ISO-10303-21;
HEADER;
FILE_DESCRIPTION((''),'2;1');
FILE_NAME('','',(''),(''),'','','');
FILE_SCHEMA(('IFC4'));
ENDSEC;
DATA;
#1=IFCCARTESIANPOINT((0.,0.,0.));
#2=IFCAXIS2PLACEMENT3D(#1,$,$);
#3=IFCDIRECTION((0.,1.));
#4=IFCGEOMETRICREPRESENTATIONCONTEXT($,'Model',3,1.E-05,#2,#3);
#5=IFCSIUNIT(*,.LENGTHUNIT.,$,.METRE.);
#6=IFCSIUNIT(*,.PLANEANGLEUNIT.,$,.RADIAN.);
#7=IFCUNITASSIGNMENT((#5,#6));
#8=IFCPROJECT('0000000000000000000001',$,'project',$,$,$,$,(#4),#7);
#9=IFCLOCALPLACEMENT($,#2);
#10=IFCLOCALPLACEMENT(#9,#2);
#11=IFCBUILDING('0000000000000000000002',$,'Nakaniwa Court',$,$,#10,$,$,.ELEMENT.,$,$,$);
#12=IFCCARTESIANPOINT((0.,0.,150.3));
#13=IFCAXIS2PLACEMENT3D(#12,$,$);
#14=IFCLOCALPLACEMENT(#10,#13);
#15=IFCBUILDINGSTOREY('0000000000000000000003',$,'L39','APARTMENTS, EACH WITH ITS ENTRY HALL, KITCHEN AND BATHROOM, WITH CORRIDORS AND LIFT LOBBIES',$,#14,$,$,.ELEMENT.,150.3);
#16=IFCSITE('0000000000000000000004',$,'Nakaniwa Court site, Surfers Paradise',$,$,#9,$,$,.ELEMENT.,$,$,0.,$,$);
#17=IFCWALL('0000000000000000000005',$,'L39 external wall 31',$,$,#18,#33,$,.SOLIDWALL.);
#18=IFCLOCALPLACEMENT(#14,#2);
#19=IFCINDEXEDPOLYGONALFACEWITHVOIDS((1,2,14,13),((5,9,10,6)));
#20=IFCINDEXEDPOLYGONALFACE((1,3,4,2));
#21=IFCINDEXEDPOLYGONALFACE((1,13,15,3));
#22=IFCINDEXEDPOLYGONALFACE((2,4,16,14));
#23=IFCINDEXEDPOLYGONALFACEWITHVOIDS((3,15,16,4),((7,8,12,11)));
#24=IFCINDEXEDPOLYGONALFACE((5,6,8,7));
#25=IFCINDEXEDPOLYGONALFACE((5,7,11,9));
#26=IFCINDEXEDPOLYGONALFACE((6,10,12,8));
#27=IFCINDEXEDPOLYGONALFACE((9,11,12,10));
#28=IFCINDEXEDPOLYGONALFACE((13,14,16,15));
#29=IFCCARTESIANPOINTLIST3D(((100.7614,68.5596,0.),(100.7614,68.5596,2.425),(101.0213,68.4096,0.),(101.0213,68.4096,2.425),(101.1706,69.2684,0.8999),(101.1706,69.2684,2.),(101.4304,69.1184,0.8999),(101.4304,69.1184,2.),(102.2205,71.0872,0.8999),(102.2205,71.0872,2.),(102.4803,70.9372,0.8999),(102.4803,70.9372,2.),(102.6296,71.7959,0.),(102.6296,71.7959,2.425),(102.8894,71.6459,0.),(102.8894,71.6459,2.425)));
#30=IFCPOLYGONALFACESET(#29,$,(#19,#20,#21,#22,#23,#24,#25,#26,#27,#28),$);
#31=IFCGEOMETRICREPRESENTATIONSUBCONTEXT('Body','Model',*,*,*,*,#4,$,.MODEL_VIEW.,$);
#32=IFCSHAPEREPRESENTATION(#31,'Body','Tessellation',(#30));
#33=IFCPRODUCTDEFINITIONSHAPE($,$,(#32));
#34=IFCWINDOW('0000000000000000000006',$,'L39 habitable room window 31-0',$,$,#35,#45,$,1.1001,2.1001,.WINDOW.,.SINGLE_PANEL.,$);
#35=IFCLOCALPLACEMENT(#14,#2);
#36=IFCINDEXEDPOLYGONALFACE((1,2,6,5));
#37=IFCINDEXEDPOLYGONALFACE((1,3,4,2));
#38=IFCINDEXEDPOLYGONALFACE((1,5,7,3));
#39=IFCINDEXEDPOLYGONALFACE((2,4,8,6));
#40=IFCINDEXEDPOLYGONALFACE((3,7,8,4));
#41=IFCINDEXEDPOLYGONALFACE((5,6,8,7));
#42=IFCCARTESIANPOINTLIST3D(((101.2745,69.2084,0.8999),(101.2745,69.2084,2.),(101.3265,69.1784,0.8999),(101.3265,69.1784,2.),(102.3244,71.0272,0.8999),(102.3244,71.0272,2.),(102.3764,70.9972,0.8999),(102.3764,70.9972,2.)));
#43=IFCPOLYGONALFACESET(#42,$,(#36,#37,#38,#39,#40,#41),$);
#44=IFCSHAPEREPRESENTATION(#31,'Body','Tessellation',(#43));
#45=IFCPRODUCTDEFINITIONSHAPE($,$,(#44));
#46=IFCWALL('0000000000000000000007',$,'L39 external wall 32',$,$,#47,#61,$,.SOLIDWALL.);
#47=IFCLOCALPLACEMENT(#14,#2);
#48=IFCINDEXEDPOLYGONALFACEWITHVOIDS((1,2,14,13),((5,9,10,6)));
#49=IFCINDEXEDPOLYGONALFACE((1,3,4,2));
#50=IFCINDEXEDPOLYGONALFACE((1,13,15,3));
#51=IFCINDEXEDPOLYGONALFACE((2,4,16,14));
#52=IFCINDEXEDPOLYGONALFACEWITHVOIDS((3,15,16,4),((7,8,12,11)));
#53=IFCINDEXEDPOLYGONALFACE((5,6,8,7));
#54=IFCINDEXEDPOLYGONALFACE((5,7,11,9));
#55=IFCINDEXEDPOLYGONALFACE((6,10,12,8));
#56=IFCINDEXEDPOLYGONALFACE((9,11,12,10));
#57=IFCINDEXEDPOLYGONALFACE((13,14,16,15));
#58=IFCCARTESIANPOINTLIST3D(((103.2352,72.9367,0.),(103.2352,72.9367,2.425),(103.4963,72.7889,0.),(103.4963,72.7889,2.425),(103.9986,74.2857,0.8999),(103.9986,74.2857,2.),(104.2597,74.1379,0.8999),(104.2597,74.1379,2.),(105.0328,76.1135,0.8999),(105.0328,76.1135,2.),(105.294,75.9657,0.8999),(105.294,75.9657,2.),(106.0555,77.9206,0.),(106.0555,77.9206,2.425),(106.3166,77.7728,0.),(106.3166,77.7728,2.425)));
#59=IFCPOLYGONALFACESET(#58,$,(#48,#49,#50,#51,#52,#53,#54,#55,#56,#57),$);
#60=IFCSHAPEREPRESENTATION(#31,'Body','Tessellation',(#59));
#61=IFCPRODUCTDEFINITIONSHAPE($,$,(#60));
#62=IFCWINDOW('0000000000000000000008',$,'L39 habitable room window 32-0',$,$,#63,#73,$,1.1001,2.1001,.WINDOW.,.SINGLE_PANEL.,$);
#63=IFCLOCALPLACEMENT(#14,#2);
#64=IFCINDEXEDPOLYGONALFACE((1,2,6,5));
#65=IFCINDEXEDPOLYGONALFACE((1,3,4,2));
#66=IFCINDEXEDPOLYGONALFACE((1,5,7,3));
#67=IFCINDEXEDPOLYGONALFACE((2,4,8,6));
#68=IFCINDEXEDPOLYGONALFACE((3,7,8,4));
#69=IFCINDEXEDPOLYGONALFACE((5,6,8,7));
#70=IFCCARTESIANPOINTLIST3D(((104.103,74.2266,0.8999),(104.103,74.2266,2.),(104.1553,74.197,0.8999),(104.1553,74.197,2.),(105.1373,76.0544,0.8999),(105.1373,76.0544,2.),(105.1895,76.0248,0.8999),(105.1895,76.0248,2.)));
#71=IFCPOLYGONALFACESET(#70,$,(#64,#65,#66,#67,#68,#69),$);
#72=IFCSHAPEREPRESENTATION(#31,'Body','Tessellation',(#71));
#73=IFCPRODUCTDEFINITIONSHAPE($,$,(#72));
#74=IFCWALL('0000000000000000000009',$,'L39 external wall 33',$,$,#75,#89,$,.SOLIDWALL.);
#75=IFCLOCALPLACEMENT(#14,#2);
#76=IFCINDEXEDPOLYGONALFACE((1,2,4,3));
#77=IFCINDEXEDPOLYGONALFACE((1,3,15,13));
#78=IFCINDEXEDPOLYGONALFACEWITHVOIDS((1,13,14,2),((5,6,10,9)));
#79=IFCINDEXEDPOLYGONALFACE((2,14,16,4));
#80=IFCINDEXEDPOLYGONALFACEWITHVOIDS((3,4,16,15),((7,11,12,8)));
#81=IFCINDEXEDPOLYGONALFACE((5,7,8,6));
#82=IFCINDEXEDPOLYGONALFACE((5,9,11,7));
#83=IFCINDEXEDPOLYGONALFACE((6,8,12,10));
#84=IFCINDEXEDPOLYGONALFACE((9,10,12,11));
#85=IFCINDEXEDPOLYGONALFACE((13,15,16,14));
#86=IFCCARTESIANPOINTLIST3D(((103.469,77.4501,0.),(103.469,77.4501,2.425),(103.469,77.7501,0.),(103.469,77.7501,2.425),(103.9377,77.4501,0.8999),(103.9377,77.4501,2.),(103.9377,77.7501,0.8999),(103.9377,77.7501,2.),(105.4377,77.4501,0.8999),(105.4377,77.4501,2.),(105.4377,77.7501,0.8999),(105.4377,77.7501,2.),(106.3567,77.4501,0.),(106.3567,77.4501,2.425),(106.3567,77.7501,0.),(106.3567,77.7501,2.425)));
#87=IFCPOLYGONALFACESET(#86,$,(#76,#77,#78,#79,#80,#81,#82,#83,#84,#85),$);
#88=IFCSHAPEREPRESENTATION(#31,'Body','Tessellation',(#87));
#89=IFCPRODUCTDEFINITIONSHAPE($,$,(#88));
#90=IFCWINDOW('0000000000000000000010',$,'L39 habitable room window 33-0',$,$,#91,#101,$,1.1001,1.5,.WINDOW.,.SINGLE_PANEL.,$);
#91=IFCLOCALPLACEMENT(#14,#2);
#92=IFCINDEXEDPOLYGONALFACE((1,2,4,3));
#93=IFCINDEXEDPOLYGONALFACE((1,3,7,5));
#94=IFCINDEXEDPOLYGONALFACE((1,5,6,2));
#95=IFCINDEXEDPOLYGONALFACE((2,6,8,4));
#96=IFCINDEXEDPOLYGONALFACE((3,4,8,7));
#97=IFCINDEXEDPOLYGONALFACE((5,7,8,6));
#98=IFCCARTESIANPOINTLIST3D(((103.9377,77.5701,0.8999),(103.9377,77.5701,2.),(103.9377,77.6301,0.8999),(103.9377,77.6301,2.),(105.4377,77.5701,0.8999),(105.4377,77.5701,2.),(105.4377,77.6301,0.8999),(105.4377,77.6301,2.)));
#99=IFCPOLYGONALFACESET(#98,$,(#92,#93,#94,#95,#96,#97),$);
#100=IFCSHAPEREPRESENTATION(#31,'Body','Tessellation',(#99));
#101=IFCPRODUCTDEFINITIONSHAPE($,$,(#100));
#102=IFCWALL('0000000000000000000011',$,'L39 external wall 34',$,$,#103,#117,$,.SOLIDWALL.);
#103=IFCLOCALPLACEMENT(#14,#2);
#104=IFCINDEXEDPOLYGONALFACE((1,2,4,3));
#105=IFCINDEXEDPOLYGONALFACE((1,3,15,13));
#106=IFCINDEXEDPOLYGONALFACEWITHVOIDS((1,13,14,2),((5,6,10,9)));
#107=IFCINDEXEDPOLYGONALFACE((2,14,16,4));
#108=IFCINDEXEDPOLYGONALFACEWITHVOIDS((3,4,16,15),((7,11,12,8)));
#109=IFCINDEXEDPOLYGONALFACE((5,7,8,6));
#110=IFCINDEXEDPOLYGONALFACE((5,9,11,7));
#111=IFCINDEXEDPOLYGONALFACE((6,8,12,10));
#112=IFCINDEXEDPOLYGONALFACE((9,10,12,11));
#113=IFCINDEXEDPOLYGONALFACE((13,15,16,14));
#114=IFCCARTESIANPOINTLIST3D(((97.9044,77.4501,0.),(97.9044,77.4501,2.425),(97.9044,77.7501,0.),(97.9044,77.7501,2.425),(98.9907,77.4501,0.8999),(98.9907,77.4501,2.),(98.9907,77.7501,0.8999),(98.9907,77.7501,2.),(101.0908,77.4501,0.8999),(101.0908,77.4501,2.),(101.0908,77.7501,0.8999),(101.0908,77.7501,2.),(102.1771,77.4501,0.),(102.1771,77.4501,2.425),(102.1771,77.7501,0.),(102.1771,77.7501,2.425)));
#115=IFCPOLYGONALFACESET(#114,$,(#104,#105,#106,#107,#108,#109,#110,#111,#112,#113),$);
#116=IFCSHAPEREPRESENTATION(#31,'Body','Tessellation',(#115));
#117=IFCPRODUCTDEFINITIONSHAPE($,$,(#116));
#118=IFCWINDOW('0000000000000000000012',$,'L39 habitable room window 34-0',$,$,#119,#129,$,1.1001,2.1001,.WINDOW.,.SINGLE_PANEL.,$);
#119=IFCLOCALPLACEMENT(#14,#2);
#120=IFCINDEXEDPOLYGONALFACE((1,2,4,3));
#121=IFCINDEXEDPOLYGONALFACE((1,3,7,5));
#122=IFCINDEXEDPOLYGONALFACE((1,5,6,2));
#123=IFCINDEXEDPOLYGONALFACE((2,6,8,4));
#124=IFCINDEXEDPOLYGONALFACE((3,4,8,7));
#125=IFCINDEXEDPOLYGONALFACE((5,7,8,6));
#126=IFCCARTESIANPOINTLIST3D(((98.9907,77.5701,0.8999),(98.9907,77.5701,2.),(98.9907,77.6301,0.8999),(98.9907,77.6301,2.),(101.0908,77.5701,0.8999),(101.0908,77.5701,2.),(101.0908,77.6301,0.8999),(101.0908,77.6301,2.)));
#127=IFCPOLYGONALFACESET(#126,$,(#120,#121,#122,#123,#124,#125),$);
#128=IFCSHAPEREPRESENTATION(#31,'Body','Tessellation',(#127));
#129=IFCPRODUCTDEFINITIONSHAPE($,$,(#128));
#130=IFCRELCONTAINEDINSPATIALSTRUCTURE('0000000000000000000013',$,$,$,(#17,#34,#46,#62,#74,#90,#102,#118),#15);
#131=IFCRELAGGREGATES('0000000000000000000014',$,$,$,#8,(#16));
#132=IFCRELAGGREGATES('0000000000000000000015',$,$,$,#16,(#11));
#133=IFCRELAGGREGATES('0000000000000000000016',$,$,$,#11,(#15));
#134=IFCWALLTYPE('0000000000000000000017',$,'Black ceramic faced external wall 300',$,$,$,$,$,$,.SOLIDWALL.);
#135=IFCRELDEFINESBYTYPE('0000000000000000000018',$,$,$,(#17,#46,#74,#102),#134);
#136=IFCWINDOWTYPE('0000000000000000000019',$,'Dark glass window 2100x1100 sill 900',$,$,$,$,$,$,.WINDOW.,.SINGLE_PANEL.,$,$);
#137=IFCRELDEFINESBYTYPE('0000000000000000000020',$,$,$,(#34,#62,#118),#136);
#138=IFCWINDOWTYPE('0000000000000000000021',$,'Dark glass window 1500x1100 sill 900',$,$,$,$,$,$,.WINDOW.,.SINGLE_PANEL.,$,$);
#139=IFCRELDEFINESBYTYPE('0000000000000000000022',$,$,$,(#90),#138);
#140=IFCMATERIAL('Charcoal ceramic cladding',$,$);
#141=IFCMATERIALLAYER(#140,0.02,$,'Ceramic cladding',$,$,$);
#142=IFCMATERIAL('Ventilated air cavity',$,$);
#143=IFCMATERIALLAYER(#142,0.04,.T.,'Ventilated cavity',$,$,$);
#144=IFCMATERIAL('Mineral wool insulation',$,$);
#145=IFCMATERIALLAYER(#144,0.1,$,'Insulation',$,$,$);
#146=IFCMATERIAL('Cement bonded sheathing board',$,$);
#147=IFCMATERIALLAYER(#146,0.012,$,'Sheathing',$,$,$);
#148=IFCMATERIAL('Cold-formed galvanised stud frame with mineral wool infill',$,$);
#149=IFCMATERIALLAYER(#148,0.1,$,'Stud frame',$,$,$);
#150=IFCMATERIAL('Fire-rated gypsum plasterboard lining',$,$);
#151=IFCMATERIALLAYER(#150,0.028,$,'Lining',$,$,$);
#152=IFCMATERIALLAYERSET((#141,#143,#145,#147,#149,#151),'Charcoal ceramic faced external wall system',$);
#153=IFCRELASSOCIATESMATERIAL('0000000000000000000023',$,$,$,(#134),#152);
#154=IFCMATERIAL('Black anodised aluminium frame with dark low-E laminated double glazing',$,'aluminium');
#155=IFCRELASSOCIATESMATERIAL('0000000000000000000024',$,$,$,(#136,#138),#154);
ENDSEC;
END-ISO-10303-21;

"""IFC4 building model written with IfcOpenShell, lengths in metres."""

from ifc_helpers import new_model, si_unit, direction, frame, frame_2d, origin, place, context, subcontext, project, spatial, rectangle, extrude, material, layer, layer_set, type_object, element, fill, save


model = new_model("IFC4")

# Units and contexts
model_context = context("Model", 3, precision=1e-05, world=origin(), true_north=direction((0.0, 1.0)))
body_context = subcontext(model_context, "Body", "Model", "MODEL_VIEW")
ifc_project = project(units=[si_unit("LENGTHUNIT", "METRE"), si_unit("PLANEANGLEUNIT", "RADIAN")], contexts=[model_context])

# Site, building, storey
site_placement = place(None, origin())
site = spatial("IfcSite", under=ifc_project, at=site_placement, Name="Nakaniwa Court site, Surfers Paradise", CompositionType="ELEMENT", RefElevation=0.0)
building_placement = place(site_placement, origin())
building = spatial("IfcBuilding", under=site, at=building_placement, Name="Nakaniwa Court", CompositionType="ELEMENT")
storey_placement = place(building_placement, frame((0.0, 0.0, 150.3)))
storey = spatial("IfcBuildingStorey", under=building, at=storey_placement, Name="L39", Description="APARTMENTS, EACH WITH ITS ENTRY HALL, KITCHEN AND BATHROOM, WITH CORRIDORS AND LIFT LOBBIES", CompositionType="ELEMENT", Elevation=150.3)

# Walls, openings, windows
ifc_material_1 = material(Name="Charcoal ceramic cladding")
ifc_layer_1 = layer(ifc_material_1, 0.02, Name="Ceramic cladding")
ifc_material_2 = material(Name="Ventilated air cavity")
ifc_layer_2 = layer(ifc_material_2, 0.04, ventilated=True, Name="Ventilated cavity")
ifc_material_3 = material(Name="Mineral wool insulation")
ifc_layer_3 = layer(ifc_material_3, 0.1, Name="Insulation")
ifc_material_4 = material(Name="Cement bonded sheathing board")
ifc_layer_4 = layer(ifc_material_4, 0.012, Name="Sheathing")
ifc_material_5 = material(Name="Cold-formed galvanised stud frame with mineral wool infill")
ifc_layer_5 = layer(ifc_material_5, 0.1, Name="Stud frame")
ifc_material_6 = material(Name="Fire-rated gypsum plasterboard lining")
ifc_layer_6 = layer(ifc_material_6, 0.028, Name="Lining")
ifc_layer_set_1 = layer_set([ifc_layer_1, ifc_layer_2, ifc_layer_3, ifc_layer_4, ifc_layer_5, ifc_layer_6], Name="Charcoal ceramic faced external wall system")
wall_type_1 = type_object("IfcWallType", Name="Black ceramic faced external wall 300", PredefinedType="SOLIDWALL", material=ifc_layer_set_1)
wall_1_placement = place(storey_placement, frame((100.8914, 68.4846, 0.0), z_axis=(0.0, 0.0, 1.0), x_axis=(0.499934, 0.866064, 0.0)))
wall_1 = element("IfcWall", 1, at=wall_1_placement, inside=storey, type_object=wall_type_1, Name="L39 external wall 31", PredefinedType="SOLIDWALL", context=body_context, shape_type="SweptSolid", body=[
    extrude(rectangle(XDim=3.7368, YDim=0.3, at=frame_2d((1.8684, 0.0))), origin(), (0.0, 0.0, 1.0), 2.425),
])
opening_1_placement = place(wall_1_placement, frame((0.8184, 0.0, 0.8999)))
opening_1 = element("IfcOpeningElement", 2, at=opening_1_placement, cuts=wall_1, PredefinedType="OPENING", context=body_context, shape_type="SweptSolid", body=[
    extrude(rectangle(XDim=2.1001, YDim=1.1001, at=frame_2d((1.05, 0.55))), frame((0.0, 0.1599, 0.0), z_axis=(0.0, -1.0, 0.0), x_axis=(1.0, 0.0, 0.0)), (0.0, 0.0, 1.0), 0.3201),
])
ifc_material_7 = material(Name="Black anodised aluminium frame with dark low-E laminated double glazing", Category="aluminium")
window_type_1 = type_object("IfcWindowType", Name="Dark glass window 2100x1100 sill 900", PartitioningType="SINGLE_PANEL", PredefinedType="WINDOW", material=ifc_material_7)
window_1_placement = place(opening_1_placement, origin())
window_1 = element("IfcWindow", 3, at=window_1_placement, inside=storey, type_object=window_type_1, Name="L39 habitable room window 31-0", OverallHeight=1.1001, OverallWidth=2.1001, PartitioningType="SINGLE_PANEL", PredefinedType="WINDOW", context=body_context, shape_type="SweptSolid", body=[
    extrude(rectangle(XDim=2.1001, YDim=1.1001, at=frame_2d((1.05, 0.55))), frame((0.0, 0.03, 0.0), z_axis=(0.0, -1.0, 0.0), x_axis=(1.0, 0.0, 0.0)), (0.0, 0.0, 1.0), 0.0601),
])
fill(opening_1, window_1)
wall_2_placement = place(storey_placement, frame((103.3657, 72.8628, 0.0), z_axis=(0.0, 0.0, 1.0), x_axis=(0.492498, 0.870313, 0.0)))
wall_2 = element("IfcWall", 4, at=wall_2_placement, inside=storey, type_object=wall_type_1, Name="L39 external wall 32", PredefinedType="SOLIDWALL", context=body_context, shape_type="SweptSolid", body=[
    extrude(rectangle(XDim=5.7266, YDim=0.3, at=frame_2d((2.8633, 0.0))), origin(), (0.0, 0.0, 1.0), 2.425),
])
opening_2_placement = place(wall_2_placement, frame((1.55, 0.0, 0.8999)))
opening_2 = element("IfcOpeningElement", 5, at=opening_2_placement, cuts=wall_2, PredefinedType="OPENING", context=body_context, shape_type="SweptSolid", body=[
    extrude(rectangle(XDim=2.1001, YDim=1.1001, at=frame_2d((1.05, 0.55))), frame((0.0, 0.1599, 0.0), z_axis=(0.0, -1.0, 0.0), x_axis=(1.0, 0.0, 0.0)), (0.0, 0.0, 1.0), 0.3201),
])
window_2_placement = place(opening_2_placement, origin())
window_2 = element("IfcWindow", 6, at=window_2_placement, inside=storey, type_object=window_type_1, Name="L39 habitable room window 32-0", OverallHeight=1.1001, OverallWidth=2.1001, PartitioningType="SINGLE_PANEL", PredefinedType="WINDOW", context=body_context, shape_type="SweptSolid", body=[
    extrude(rectangle(XDim=2.1001, YDim=1.1001, at=frame_2d((1.05, 0.55))), frame((0.0, 0.03, 0.0), z_axis=(0.0, -1.0, 0.0), x_axis=(1.0, 0.0, 0.0)), (0.0, 0.0, 1.0), 0.0601),
])
fill(opening_2, window_2)
wall_3_placement = place(storey_placement, frame((106.3567, 77.6001, 0.0), z_axis=(0.0, 0.0, 1.0), x_axis=(-1.0, 0.0, 0.0)))
wall_3 = element("IfcWall", 7, at=wall_3_placement, inside=storey, type_object=wall_type_1, Name="L39 external wall 33", PredefinedType="SOLIDWALL", context=body_context, shape_type="SweptSolid", body=[
    extrude(rectangle(XDim=2.8877, YDim=0.3, at=frame_2d((1.4438, 0.0))), origin(), (0.0, 0.0, 1.0), 2.425),
])
opening_3_placement = place(wall_3_placement, frame((0.9189, 0.0, 0.8999)))
opening_3 = element("IfcOpeningElement", 8, at=opening_3_placement, cuts=wall_3, PredefinedType="OPENING", context=body_context, shape_type="SweptSolid", body=[
    extrude(rectangle(XDim=1.5, YDim=1.1001, at=frame_2d((0.75, 0.55))), frame((0.0, 0.1599, 0.0), z_axis=(0.0, -1.0, 0.0), x_axis=(1.0, 0.0, 0.0)), (0.0, 0.0, 1.0), 0.3201),
])
window_type_2 = type_object("IfcWindowType", Name="Dark glass window 1500x1100 sill 900", PartitioningType="SINGLE_PANEL", PredefinedType="WINDOW", material=ifc_material_7)
window_3_placement = place(opening_3_placement, origin())
window_3 = element("IfcWindow", 9, at=window_3_placement, inside=storey, type_object=window_type_2, Name="L39 habitable room window 33-0", OverallHeight=1.1001, OverallWidth=1.5, PartitioningType="SINGLE_PANEL", PredefinedType="WINDOW", context=body_context, shape_type="SweptSolid", body=[
    extrude(rectangle(XDim=1.5, YDim=1.1001, at=frame_2d((0.75, 0.55))), frame((0.0, 0.03, 0.0), z_axis=(0.0, -1.0, 0.0), x_axis=(1.0, 0.0, 0.0)), (0.0, 0.0, 1.0), 0.0601),
])
fill(opening_3, window_3)
wall_4_placement = place(storey_placement, frame((102.177, 77.6001, 0.0), z_axis=(0.0, 0.0, 1.0), x_axis=(-1.0, 0.0, 0.0)))
wall_4 = element("IfcWall", 10, at=wall_4_placement, inside=storey, type_object=wall_type_1, Name="L39 external wall 34", PredefinedType="SOLIDWALL", context=body_context, shape_type="SweptSolid", body=[
    extrude(rectangle(XDim=4.2727, YDim=0.3, at=frame_2d((2.1362, 0.0))), origin(), (0.0, 0.0, 1.0), 2.425),
])
opening_4_placement = place(wall_4_placement, frame((1.0862, 0.0, 0.8999)))
opening_4 = element("IfcOpeningElement", 11, at=opening_4_placement, cuts=wall_4, PredefinedType="OPENING", context=body_context, shape_type="SweptSolid", body=[
    extrude(rectangle(XDim=2.1001, YDim=1.1001, at=frame_2d((1.05, 0.55))), frame((0.0, 0.1599, 0.0), z_axis=(0.0, -1.0, 0.0), x_axis=(1.0, 0.0, 0.0)), (0.0, 0.0, 1.0), 0.3201),
])
window_4_placement = place(opening_4_placement, origin())
window_4 = element("IfcWindow", 12, at=window_4_placement, inside=storey, type_object=window_type_1, Name="L39 habitable room window 34-0", OverallHeight=1.1001, OverallWidth=2.1001, PartitioningType="SINGLE_PANEL", PredefinedType="WINDOW", context=body_context, shape_type="SweptSolid", body=[
    extrude(rectangle(XDim=2.1001, YDim=1.1001, at=frame_2d((1.05, 0.55))), frame((0.0, 0.03, 0.0), z_axis=(0.0, -1.0, 0.0), x_axis=(1.0, 0.0, 0.0)), (0.0, 0.0, 1.0), 0.0601),
])
fill(opening_4, window_4)

save(model, "model.ifc")
